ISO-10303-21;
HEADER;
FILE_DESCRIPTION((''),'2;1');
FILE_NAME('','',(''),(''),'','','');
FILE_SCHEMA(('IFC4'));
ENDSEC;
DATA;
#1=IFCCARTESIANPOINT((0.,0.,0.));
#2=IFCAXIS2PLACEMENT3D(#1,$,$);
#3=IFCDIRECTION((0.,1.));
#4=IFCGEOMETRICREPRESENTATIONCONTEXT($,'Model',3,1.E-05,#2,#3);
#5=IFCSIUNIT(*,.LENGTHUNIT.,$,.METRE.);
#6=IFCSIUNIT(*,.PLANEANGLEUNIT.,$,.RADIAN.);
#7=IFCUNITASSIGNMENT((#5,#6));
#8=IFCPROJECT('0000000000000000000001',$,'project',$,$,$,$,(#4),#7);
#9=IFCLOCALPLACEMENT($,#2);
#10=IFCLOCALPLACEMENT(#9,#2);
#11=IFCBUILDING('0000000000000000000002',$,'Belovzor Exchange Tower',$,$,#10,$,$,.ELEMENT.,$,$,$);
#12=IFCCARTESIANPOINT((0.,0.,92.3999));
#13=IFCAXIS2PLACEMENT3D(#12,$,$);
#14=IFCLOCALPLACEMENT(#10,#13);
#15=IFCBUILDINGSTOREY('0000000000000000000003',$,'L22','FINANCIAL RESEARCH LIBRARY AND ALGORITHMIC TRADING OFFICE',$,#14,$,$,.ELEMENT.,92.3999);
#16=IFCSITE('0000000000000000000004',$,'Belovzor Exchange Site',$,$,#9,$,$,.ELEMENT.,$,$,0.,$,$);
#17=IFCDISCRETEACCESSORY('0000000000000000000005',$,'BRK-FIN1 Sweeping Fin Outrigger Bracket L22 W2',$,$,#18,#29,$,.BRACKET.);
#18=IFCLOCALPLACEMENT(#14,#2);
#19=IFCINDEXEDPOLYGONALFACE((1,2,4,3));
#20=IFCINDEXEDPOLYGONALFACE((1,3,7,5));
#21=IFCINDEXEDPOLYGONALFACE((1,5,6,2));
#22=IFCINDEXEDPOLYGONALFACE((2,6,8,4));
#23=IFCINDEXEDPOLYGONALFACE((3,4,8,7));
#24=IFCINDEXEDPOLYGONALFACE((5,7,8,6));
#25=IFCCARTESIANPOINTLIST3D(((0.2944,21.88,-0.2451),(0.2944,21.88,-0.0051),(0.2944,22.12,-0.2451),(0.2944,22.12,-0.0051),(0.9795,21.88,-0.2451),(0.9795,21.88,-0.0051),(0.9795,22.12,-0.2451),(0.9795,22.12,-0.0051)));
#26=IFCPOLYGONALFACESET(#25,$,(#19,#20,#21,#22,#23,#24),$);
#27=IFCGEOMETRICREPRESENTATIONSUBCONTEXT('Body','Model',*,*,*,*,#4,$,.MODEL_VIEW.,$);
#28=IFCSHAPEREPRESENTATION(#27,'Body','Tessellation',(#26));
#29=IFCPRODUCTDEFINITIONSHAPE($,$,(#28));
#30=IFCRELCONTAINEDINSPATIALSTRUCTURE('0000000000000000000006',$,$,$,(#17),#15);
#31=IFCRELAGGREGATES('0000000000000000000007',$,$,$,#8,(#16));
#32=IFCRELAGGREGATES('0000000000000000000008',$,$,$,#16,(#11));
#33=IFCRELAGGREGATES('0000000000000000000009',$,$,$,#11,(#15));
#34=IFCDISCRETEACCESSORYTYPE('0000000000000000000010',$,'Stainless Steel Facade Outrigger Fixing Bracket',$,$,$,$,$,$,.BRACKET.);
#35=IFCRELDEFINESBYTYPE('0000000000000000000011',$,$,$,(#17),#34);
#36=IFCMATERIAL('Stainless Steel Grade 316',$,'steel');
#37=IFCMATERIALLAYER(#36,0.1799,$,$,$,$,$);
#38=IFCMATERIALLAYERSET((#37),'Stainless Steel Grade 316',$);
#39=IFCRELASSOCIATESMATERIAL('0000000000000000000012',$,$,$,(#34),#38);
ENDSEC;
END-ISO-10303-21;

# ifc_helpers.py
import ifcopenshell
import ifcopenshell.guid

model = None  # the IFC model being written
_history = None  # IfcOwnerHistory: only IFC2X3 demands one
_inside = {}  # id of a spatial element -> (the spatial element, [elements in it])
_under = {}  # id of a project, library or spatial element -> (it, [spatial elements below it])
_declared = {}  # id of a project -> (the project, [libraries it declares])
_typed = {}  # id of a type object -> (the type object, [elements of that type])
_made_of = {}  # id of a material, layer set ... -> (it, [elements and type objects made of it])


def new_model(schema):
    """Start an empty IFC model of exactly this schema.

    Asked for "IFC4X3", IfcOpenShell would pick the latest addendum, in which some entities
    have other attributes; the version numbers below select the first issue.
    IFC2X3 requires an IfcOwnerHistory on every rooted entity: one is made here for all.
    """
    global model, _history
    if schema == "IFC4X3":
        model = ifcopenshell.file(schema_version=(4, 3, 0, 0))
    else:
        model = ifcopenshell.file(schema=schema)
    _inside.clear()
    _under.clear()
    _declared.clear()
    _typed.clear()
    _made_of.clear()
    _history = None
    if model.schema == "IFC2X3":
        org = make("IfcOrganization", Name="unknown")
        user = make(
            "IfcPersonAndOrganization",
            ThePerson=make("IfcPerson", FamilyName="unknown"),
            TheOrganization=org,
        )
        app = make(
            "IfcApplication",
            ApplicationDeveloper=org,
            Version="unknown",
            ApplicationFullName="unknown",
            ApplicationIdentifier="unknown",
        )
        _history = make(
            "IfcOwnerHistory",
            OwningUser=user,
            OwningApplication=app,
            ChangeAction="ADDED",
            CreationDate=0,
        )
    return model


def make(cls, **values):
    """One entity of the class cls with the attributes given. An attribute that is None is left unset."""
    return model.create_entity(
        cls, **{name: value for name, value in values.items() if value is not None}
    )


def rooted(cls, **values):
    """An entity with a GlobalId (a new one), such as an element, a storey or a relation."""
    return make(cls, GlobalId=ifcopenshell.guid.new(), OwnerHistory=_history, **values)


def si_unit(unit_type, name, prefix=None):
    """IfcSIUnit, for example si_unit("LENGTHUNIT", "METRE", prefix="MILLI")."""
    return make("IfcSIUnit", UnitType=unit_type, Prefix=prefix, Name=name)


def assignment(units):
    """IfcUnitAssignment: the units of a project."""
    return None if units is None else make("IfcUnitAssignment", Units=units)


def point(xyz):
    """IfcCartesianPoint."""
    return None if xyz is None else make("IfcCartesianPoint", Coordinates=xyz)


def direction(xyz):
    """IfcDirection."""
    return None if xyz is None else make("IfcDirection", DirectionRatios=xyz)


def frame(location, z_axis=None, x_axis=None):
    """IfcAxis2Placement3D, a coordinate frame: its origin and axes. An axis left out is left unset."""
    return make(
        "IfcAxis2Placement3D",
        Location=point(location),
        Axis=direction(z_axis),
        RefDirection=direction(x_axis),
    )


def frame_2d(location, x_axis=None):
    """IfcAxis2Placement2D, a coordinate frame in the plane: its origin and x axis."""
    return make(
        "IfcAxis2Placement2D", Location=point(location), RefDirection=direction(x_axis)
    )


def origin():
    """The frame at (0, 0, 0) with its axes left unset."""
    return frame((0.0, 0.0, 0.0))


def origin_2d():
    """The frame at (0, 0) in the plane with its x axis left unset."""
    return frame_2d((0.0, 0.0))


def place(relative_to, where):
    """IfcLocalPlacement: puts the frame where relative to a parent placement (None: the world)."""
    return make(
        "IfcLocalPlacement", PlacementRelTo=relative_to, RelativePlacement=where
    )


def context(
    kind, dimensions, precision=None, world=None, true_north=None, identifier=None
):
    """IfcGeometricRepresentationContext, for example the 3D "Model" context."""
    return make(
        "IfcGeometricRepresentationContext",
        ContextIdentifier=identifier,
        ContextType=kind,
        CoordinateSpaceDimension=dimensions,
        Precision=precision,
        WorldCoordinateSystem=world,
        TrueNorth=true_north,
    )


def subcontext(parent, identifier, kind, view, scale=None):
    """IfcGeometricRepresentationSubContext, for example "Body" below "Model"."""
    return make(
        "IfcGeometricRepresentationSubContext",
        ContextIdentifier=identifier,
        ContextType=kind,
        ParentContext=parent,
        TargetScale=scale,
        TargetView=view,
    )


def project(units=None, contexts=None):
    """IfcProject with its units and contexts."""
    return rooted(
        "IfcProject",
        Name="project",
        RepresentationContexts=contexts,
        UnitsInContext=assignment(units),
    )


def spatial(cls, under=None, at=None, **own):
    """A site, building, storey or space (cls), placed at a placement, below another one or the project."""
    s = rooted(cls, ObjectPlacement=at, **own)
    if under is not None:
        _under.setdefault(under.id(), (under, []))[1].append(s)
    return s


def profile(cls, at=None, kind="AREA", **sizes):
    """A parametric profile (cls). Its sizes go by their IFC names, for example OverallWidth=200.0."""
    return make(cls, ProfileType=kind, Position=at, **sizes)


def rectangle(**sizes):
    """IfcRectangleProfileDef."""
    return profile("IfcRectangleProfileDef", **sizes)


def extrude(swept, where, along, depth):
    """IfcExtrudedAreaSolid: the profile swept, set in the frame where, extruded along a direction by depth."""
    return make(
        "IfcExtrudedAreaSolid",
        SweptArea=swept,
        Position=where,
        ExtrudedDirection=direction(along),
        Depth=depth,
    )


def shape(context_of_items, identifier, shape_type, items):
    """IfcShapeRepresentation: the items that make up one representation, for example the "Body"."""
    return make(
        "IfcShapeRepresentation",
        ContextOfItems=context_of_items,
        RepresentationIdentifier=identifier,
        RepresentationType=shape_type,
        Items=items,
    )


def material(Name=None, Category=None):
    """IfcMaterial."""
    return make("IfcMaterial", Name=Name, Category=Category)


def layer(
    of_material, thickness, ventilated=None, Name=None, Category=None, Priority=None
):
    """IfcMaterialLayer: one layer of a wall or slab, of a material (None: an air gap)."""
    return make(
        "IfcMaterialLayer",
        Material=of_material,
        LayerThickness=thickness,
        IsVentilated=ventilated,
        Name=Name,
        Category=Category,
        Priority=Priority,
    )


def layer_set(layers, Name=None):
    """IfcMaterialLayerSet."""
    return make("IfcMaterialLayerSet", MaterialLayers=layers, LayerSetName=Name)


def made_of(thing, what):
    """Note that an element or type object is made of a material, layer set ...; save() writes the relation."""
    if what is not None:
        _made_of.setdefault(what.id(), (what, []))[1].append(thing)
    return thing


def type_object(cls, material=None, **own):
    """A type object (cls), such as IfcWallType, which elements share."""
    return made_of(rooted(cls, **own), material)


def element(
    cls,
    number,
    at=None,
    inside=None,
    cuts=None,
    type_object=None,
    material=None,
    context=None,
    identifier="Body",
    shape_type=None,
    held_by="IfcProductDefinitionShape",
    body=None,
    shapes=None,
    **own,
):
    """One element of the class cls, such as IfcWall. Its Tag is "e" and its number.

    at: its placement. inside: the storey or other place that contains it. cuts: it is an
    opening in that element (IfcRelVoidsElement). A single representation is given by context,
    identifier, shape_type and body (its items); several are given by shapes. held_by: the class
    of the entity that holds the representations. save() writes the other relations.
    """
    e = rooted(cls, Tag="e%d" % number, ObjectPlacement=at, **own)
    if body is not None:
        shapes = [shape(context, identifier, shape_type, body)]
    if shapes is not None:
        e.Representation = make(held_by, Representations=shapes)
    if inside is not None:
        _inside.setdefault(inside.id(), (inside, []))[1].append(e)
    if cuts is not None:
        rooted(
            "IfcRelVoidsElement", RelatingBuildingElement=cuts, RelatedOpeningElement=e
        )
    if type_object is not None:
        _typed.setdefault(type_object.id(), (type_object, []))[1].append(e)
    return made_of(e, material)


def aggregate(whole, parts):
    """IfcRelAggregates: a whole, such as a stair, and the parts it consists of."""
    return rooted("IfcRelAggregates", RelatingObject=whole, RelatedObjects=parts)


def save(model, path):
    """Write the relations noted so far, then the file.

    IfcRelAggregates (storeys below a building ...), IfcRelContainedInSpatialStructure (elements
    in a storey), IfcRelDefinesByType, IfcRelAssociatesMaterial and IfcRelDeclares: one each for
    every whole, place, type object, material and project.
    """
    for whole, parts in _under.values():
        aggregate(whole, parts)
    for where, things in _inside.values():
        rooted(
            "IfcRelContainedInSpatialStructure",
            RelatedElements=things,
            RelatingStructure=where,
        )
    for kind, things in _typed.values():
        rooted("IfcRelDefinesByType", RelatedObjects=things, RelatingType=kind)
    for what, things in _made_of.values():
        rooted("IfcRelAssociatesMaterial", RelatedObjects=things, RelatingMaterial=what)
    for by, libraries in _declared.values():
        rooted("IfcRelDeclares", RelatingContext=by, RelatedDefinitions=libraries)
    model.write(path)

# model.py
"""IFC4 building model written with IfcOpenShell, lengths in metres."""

from ifc_helpers import new_model, si_unit, direction, frame, origin, origin_2d, place, context, subcontext, project, spatial, rectangle, extrude, material, layer, layer_set, type_object, element, save


model = new_model("IFC4")

# Units and contexts
model_context = context("Model", 3, precision=1e-05, world=origin(), true_north=direction((0.0, 1.0)))
body_context = subcontext(model_context, "Body", "Model", "MODEL_VIEW")
ifc_project = project(units=[si_unit("LENGTHUNIT", "METRE"), si_unit("PLANEANGLEUNIT", "RADIAN")], contexts=[model_context])

# Site, building, storey
site_placement = place(None, origin())
site = spatial("IfcSite", under=ifc_project, at=site_placement, Name="Belovzor Exchange Site", CompositionType="ELEMENT", RefElevation=0.0)
building_placement = place(site_placement, origin())
building = spatial("IfcBuilding", under=site, at=building_placement, Name="Belovzor Exchange Tower", CompositionType="ELEMENT")
storey_placement = place(building_placement, frame((0.0, 0.0, 92.3999)))
storey = spatial("IfcBuildingStorey", under=building, at=storey_placement, Name="L22", Description="FINANCIAL RESEARCH LIBRARY AND ALGORITHMIC TRADING OFFICE", CompositionType="ELEMENT", Elevation=92.3999)

# Discrete accessory
ifc_material_1 = material(Name="Stainless Steel Grade 316", Category="steel")
ifc_layer_1 = layer(ifc_material_1, 0.1799)
ifc_layer_set_1 = layer_set([ifc_layer_1], Name="Stainless Steel Grade 316")
discrete_accessory_type = type_object("IfcDiscreteAccessoryType", Name="Stainless Steel Facade Outrigger Fixing Bracket", PredefinedType="BRACKET", material=ifc_layer_set_1)
for number, where, z_axis, x_axis, name in (
    (1, (0.637, 22.0, -0.2451), (0.0, 0.0, 1.0), (1.0, 0.0, 0.0), "BRK-FIN1 Sweeping Fin Outrigger Bracket L22 W2"),
):
    element("IfcDiscreteAccessory", number, at=place(storey_placement, frame(where, z_axis=z_axis, x_axis=x_axis)), inside=storey, type_object=discrete_accessory_type, Name=name, PredefinedType="BRACKET", context=body_context, shape_type="SweptSolid", body=[
        extrude(rectangle(XDim=0.6851, YDim=0.24, at=origin_2d()), origin(), (0.0, 0.0, 1.0), 0.24),
    ])

save(model, "model.ifc")
